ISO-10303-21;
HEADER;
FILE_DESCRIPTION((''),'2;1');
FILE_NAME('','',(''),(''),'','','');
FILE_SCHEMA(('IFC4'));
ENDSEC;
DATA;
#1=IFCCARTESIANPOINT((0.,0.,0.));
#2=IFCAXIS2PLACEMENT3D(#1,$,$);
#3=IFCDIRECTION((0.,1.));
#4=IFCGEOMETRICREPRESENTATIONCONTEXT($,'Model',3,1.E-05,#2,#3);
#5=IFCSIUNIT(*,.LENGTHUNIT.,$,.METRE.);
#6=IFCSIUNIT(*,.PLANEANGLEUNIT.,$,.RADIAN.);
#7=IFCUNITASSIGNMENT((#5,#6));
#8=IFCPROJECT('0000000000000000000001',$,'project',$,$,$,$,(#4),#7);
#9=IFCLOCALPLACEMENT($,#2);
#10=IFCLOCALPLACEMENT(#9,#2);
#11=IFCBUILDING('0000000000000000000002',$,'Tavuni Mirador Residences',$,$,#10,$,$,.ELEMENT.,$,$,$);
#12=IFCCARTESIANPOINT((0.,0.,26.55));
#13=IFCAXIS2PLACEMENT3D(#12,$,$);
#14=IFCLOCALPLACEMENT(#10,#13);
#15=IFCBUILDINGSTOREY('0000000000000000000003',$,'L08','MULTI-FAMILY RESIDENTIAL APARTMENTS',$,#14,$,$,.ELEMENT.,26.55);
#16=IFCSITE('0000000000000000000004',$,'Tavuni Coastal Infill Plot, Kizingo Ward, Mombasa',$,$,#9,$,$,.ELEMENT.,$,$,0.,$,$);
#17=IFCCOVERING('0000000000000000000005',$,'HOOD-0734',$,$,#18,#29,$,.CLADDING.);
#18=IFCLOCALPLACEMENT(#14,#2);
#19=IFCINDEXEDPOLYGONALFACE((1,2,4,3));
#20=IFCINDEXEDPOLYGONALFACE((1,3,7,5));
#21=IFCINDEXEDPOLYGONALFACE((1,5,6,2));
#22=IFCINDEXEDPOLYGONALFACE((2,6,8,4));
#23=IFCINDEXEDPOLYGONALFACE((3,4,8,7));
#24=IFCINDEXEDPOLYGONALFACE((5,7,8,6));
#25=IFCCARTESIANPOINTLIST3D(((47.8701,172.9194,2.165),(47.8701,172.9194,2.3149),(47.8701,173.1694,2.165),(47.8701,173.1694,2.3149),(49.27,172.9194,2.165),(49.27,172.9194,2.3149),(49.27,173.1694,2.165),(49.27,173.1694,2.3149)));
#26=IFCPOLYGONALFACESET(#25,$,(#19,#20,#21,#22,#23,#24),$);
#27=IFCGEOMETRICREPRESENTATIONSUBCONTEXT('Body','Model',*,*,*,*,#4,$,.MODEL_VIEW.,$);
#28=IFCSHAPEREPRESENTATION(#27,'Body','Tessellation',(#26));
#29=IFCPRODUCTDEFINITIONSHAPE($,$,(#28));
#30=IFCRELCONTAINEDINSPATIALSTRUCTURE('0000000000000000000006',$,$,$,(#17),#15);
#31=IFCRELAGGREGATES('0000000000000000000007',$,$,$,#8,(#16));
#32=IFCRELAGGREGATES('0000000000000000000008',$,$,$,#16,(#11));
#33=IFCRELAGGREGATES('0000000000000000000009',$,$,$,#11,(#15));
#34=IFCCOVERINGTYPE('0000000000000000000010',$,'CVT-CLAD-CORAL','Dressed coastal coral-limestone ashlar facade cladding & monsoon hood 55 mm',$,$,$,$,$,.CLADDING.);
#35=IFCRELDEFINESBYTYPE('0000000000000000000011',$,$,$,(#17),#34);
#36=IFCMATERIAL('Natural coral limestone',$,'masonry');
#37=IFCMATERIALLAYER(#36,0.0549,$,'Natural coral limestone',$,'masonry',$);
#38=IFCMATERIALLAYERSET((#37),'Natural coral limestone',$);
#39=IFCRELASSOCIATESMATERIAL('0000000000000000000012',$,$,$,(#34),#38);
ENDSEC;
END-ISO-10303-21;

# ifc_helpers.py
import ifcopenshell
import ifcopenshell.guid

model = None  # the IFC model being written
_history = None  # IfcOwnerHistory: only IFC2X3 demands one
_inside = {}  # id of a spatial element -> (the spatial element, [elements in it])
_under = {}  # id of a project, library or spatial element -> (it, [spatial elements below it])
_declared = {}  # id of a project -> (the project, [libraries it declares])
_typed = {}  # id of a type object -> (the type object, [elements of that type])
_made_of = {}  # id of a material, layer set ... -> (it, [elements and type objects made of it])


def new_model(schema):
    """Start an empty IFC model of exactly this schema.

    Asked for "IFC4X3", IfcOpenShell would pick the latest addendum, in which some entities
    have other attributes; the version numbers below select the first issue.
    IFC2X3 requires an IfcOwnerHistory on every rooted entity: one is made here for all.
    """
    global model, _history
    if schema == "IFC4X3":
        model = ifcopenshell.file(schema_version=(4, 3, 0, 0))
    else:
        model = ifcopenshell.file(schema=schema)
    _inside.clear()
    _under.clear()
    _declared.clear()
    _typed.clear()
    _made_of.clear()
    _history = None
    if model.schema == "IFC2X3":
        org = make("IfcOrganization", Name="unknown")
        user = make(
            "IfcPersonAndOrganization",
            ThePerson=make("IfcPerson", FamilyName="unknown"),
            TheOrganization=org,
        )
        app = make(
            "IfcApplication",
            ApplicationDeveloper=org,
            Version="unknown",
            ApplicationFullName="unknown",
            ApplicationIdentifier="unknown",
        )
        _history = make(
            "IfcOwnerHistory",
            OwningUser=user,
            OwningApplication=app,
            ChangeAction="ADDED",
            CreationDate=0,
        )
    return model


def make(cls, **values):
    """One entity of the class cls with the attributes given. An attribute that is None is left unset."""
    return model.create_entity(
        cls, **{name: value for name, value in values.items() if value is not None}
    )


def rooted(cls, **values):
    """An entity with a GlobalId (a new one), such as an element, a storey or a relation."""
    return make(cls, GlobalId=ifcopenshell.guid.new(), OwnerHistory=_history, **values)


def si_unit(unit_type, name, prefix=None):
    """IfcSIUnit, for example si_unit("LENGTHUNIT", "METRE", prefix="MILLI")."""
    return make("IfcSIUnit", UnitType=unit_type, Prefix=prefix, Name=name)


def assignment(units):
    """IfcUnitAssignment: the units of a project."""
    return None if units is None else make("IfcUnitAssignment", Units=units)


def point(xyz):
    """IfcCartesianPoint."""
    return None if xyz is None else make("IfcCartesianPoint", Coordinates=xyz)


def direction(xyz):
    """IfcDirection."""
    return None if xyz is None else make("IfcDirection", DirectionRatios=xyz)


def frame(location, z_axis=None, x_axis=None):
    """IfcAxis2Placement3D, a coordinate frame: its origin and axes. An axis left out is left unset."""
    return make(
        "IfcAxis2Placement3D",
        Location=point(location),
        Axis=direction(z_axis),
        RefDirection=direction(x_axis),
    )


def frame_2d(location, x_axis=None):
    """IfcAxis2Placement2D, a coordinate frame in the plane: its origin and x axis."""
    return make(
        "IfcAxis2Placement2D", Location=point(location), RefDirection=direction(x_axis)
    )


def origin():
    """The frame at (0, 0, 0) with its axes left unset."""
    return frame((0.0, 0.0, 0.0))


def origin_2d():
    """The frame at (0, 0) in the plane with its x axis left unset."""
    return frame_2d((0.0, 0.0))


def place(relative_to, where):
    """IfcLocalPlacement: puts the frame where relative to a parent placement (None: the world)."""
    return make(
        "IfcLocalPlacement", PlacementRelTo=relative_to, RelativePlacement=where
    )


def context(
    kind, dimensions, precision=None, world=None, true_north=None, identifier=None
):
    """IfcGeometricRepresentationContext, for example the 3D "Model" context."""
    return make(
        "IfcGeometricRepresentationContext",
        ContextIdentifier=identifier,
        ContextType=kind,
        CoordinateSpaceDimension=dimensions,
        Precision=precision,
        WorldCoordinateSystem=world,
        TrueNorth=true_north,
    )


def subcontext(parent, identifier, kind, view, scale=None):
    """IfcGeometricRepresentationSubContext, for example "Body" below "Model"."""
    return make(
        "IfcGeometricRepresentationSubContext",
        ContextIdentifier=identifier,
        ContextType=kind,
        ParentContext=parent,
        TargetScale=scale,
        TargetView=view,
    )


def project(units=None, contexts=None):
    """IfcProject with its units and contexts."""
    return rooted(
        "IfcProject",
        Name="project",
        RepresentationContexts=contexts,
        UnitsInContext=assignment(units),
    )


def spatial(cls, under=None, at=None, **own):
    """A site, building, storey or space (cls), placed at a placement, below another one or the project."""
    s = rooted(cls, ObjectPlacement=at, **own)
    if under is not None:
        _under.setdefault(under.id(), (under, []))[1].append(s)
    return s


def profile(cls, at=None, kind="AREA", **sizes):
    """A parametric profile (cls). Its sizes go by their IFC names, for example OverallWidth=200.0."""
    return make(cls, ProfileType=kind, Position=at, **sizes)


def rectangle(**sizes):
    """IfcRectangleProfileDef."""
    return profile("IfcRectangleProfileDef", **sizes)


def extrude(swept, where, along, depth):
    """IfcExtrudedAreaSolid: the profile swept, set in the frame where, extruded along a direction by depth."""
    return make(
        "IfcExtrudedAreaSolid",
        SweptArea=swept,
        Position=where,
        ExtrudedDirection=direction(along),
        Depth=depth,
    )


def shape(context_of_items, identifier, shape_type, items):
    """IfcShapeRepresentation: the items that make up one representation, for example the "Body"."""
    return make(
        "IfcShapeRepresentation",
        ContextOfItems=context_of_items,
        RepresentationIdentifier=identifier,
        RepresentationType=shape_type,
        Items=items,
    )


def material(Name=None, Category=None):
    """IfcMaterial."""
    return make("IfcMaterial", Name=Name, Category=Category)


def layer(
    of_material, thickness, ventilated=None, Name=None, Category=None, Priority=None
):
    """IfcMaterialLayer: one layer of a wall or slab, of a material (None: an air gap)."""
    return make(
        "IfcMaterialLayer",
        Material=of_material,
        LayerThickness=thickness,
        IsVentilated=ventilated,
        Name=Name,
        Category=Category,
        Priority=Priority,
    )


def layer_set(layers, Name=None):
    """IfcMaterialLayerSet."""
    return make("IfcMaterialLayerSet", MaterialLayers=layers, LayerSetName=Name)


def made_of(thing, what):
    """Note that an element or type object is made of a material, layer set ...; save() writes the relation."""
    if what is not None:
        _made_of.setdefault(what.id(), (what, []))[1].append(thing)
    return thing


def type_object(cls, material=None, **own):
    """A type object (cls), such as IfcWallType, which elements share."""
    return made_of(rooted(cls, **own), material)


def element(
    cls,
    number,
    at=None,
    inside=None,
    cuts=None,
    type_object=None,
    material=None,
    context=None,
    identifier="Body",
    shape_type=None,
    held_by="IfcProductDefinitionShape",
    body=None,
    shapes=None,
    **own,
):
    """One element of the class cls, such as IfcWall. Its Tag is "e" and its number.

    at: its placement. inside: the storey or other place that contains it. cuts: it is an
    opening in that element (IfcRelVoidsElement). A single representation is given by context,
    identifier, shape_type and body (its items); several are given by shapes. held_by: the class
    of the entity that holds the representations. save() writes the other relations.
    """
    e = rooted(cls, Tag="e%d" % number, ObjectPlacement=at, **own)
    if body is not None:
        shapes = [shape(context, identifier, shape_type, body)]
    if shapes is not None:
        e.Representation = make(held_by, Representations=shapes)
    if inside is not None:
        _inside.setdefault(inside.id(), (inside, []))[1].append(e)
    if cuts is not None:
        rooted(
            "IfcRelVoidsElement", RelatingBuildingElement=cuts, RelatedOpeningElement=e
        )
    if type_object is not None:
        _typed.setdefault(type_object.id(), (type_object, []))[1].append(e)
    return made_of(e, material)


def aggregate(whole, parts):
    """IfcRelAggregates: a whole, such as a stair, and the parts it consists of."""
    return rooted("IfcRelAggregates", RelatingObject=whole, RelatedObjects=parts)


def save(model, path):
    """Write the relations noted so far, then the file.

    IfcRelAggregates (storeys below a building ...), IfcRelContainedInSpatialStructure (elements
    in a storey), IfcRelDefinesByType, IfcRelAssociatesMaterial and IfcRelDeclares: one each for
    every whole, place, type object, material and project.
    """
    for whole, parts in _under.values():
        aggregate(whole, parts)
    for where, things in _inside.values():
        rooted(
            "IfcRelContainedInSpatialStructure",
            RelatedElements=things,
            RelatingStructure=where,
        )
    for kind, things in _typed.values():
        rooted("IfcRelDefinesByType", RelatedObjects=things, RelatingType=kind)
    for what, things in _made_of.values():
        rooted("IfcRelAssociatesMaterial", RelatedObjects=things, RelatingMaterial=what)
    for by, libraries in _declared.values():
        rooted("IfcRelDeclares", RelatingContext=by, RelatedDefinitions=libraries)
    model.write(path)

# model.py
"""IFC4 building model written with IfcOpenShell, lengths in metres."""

from ifc_helpers import new_model, si_unit, direction, frame, origin, origin_2d, place, context, subcontext, project, spatial, rectangle, extrude, material, layer, layer_set, type_object, element, save


model = new_model("IFC4")

# Units and contexts
model_context = context("Model", 3, precision=1e-05, world=origin(), true_north=direction((0.0, 1.0)))
body_context = subcontext(model_context, "Body", "Model", "MODEL_VIEW")
ifc_project = project(units=[si_unit("LENGTHUNIT", "METRE"), si_unit("PLANEANGLEUNIT", "RADIAN")], contexts=[model_context])

# Site, building, storey
site_placement = place(None, origin())
site = spatial("IfcSite", under=ifc_project, at=site_placement, Name="Tavuni Coastal Infill Plot, Kizingo Ward, Mombasa", CompositionType="ELEMENT", RefElevation=0.0)
building_placement = place(site_placement, origin())
building = spatial("IfcBuilding", under=site, at=building_placement, Name="Tavuni Mirador Residences", CompositionType="ELEMENT")
storey_placement = place(building_placement, frame((0.0, 0.0, 26.55)))
storey = spatial("IfcBuildingStorey", under=building, at=storey_placement, Name="L08", Description="MULTI-FAMILY RESIDENTIAL APARTMENTS", CompositionType="ELEMENT", Elevation=26.55)

# Covering
ifc_material_1 = material(Name="Natural coral limestone", Category="masonry")
ifc_layer_1 = layer(ifc_material_1, 0.0549, Name="Natural coral limestone", Category="masonry")
ifc_layer_set_1 = layer_set([ifc_layer_1], Name="Natural coral limestone")
covering_type = type_object("IfcCoveringType", Name="CVT-CLAD-CORAL", Description="Dressed coastal coral-limestone ashlar facade cladding & monsoon hood 55 mm", PredefinedType="CLADDING", material=ifc_layer_set_1)
covering_1_placement = place(storey_placement, frame((48.5701, 173.0444, 2.165), z_axis=(0.0, 0.0, 1.0), x_axis=(-1.0, 0.0, 0.0)))
element("IfcCovering", 1, at=covering_1_placement, inside=storey, type_object=covering_type, Name="HOOD-0734", PredefinedType="CLADDING", context=body_context, shape_type="SweptSolid", body=[
    extrude(rectangle(XDim=1.3999, YDim=0.25, at=origin_2d()), origin(), (0.0, 0.0, 1.0), 0.1499),
])

save(model, "model.ifc")
